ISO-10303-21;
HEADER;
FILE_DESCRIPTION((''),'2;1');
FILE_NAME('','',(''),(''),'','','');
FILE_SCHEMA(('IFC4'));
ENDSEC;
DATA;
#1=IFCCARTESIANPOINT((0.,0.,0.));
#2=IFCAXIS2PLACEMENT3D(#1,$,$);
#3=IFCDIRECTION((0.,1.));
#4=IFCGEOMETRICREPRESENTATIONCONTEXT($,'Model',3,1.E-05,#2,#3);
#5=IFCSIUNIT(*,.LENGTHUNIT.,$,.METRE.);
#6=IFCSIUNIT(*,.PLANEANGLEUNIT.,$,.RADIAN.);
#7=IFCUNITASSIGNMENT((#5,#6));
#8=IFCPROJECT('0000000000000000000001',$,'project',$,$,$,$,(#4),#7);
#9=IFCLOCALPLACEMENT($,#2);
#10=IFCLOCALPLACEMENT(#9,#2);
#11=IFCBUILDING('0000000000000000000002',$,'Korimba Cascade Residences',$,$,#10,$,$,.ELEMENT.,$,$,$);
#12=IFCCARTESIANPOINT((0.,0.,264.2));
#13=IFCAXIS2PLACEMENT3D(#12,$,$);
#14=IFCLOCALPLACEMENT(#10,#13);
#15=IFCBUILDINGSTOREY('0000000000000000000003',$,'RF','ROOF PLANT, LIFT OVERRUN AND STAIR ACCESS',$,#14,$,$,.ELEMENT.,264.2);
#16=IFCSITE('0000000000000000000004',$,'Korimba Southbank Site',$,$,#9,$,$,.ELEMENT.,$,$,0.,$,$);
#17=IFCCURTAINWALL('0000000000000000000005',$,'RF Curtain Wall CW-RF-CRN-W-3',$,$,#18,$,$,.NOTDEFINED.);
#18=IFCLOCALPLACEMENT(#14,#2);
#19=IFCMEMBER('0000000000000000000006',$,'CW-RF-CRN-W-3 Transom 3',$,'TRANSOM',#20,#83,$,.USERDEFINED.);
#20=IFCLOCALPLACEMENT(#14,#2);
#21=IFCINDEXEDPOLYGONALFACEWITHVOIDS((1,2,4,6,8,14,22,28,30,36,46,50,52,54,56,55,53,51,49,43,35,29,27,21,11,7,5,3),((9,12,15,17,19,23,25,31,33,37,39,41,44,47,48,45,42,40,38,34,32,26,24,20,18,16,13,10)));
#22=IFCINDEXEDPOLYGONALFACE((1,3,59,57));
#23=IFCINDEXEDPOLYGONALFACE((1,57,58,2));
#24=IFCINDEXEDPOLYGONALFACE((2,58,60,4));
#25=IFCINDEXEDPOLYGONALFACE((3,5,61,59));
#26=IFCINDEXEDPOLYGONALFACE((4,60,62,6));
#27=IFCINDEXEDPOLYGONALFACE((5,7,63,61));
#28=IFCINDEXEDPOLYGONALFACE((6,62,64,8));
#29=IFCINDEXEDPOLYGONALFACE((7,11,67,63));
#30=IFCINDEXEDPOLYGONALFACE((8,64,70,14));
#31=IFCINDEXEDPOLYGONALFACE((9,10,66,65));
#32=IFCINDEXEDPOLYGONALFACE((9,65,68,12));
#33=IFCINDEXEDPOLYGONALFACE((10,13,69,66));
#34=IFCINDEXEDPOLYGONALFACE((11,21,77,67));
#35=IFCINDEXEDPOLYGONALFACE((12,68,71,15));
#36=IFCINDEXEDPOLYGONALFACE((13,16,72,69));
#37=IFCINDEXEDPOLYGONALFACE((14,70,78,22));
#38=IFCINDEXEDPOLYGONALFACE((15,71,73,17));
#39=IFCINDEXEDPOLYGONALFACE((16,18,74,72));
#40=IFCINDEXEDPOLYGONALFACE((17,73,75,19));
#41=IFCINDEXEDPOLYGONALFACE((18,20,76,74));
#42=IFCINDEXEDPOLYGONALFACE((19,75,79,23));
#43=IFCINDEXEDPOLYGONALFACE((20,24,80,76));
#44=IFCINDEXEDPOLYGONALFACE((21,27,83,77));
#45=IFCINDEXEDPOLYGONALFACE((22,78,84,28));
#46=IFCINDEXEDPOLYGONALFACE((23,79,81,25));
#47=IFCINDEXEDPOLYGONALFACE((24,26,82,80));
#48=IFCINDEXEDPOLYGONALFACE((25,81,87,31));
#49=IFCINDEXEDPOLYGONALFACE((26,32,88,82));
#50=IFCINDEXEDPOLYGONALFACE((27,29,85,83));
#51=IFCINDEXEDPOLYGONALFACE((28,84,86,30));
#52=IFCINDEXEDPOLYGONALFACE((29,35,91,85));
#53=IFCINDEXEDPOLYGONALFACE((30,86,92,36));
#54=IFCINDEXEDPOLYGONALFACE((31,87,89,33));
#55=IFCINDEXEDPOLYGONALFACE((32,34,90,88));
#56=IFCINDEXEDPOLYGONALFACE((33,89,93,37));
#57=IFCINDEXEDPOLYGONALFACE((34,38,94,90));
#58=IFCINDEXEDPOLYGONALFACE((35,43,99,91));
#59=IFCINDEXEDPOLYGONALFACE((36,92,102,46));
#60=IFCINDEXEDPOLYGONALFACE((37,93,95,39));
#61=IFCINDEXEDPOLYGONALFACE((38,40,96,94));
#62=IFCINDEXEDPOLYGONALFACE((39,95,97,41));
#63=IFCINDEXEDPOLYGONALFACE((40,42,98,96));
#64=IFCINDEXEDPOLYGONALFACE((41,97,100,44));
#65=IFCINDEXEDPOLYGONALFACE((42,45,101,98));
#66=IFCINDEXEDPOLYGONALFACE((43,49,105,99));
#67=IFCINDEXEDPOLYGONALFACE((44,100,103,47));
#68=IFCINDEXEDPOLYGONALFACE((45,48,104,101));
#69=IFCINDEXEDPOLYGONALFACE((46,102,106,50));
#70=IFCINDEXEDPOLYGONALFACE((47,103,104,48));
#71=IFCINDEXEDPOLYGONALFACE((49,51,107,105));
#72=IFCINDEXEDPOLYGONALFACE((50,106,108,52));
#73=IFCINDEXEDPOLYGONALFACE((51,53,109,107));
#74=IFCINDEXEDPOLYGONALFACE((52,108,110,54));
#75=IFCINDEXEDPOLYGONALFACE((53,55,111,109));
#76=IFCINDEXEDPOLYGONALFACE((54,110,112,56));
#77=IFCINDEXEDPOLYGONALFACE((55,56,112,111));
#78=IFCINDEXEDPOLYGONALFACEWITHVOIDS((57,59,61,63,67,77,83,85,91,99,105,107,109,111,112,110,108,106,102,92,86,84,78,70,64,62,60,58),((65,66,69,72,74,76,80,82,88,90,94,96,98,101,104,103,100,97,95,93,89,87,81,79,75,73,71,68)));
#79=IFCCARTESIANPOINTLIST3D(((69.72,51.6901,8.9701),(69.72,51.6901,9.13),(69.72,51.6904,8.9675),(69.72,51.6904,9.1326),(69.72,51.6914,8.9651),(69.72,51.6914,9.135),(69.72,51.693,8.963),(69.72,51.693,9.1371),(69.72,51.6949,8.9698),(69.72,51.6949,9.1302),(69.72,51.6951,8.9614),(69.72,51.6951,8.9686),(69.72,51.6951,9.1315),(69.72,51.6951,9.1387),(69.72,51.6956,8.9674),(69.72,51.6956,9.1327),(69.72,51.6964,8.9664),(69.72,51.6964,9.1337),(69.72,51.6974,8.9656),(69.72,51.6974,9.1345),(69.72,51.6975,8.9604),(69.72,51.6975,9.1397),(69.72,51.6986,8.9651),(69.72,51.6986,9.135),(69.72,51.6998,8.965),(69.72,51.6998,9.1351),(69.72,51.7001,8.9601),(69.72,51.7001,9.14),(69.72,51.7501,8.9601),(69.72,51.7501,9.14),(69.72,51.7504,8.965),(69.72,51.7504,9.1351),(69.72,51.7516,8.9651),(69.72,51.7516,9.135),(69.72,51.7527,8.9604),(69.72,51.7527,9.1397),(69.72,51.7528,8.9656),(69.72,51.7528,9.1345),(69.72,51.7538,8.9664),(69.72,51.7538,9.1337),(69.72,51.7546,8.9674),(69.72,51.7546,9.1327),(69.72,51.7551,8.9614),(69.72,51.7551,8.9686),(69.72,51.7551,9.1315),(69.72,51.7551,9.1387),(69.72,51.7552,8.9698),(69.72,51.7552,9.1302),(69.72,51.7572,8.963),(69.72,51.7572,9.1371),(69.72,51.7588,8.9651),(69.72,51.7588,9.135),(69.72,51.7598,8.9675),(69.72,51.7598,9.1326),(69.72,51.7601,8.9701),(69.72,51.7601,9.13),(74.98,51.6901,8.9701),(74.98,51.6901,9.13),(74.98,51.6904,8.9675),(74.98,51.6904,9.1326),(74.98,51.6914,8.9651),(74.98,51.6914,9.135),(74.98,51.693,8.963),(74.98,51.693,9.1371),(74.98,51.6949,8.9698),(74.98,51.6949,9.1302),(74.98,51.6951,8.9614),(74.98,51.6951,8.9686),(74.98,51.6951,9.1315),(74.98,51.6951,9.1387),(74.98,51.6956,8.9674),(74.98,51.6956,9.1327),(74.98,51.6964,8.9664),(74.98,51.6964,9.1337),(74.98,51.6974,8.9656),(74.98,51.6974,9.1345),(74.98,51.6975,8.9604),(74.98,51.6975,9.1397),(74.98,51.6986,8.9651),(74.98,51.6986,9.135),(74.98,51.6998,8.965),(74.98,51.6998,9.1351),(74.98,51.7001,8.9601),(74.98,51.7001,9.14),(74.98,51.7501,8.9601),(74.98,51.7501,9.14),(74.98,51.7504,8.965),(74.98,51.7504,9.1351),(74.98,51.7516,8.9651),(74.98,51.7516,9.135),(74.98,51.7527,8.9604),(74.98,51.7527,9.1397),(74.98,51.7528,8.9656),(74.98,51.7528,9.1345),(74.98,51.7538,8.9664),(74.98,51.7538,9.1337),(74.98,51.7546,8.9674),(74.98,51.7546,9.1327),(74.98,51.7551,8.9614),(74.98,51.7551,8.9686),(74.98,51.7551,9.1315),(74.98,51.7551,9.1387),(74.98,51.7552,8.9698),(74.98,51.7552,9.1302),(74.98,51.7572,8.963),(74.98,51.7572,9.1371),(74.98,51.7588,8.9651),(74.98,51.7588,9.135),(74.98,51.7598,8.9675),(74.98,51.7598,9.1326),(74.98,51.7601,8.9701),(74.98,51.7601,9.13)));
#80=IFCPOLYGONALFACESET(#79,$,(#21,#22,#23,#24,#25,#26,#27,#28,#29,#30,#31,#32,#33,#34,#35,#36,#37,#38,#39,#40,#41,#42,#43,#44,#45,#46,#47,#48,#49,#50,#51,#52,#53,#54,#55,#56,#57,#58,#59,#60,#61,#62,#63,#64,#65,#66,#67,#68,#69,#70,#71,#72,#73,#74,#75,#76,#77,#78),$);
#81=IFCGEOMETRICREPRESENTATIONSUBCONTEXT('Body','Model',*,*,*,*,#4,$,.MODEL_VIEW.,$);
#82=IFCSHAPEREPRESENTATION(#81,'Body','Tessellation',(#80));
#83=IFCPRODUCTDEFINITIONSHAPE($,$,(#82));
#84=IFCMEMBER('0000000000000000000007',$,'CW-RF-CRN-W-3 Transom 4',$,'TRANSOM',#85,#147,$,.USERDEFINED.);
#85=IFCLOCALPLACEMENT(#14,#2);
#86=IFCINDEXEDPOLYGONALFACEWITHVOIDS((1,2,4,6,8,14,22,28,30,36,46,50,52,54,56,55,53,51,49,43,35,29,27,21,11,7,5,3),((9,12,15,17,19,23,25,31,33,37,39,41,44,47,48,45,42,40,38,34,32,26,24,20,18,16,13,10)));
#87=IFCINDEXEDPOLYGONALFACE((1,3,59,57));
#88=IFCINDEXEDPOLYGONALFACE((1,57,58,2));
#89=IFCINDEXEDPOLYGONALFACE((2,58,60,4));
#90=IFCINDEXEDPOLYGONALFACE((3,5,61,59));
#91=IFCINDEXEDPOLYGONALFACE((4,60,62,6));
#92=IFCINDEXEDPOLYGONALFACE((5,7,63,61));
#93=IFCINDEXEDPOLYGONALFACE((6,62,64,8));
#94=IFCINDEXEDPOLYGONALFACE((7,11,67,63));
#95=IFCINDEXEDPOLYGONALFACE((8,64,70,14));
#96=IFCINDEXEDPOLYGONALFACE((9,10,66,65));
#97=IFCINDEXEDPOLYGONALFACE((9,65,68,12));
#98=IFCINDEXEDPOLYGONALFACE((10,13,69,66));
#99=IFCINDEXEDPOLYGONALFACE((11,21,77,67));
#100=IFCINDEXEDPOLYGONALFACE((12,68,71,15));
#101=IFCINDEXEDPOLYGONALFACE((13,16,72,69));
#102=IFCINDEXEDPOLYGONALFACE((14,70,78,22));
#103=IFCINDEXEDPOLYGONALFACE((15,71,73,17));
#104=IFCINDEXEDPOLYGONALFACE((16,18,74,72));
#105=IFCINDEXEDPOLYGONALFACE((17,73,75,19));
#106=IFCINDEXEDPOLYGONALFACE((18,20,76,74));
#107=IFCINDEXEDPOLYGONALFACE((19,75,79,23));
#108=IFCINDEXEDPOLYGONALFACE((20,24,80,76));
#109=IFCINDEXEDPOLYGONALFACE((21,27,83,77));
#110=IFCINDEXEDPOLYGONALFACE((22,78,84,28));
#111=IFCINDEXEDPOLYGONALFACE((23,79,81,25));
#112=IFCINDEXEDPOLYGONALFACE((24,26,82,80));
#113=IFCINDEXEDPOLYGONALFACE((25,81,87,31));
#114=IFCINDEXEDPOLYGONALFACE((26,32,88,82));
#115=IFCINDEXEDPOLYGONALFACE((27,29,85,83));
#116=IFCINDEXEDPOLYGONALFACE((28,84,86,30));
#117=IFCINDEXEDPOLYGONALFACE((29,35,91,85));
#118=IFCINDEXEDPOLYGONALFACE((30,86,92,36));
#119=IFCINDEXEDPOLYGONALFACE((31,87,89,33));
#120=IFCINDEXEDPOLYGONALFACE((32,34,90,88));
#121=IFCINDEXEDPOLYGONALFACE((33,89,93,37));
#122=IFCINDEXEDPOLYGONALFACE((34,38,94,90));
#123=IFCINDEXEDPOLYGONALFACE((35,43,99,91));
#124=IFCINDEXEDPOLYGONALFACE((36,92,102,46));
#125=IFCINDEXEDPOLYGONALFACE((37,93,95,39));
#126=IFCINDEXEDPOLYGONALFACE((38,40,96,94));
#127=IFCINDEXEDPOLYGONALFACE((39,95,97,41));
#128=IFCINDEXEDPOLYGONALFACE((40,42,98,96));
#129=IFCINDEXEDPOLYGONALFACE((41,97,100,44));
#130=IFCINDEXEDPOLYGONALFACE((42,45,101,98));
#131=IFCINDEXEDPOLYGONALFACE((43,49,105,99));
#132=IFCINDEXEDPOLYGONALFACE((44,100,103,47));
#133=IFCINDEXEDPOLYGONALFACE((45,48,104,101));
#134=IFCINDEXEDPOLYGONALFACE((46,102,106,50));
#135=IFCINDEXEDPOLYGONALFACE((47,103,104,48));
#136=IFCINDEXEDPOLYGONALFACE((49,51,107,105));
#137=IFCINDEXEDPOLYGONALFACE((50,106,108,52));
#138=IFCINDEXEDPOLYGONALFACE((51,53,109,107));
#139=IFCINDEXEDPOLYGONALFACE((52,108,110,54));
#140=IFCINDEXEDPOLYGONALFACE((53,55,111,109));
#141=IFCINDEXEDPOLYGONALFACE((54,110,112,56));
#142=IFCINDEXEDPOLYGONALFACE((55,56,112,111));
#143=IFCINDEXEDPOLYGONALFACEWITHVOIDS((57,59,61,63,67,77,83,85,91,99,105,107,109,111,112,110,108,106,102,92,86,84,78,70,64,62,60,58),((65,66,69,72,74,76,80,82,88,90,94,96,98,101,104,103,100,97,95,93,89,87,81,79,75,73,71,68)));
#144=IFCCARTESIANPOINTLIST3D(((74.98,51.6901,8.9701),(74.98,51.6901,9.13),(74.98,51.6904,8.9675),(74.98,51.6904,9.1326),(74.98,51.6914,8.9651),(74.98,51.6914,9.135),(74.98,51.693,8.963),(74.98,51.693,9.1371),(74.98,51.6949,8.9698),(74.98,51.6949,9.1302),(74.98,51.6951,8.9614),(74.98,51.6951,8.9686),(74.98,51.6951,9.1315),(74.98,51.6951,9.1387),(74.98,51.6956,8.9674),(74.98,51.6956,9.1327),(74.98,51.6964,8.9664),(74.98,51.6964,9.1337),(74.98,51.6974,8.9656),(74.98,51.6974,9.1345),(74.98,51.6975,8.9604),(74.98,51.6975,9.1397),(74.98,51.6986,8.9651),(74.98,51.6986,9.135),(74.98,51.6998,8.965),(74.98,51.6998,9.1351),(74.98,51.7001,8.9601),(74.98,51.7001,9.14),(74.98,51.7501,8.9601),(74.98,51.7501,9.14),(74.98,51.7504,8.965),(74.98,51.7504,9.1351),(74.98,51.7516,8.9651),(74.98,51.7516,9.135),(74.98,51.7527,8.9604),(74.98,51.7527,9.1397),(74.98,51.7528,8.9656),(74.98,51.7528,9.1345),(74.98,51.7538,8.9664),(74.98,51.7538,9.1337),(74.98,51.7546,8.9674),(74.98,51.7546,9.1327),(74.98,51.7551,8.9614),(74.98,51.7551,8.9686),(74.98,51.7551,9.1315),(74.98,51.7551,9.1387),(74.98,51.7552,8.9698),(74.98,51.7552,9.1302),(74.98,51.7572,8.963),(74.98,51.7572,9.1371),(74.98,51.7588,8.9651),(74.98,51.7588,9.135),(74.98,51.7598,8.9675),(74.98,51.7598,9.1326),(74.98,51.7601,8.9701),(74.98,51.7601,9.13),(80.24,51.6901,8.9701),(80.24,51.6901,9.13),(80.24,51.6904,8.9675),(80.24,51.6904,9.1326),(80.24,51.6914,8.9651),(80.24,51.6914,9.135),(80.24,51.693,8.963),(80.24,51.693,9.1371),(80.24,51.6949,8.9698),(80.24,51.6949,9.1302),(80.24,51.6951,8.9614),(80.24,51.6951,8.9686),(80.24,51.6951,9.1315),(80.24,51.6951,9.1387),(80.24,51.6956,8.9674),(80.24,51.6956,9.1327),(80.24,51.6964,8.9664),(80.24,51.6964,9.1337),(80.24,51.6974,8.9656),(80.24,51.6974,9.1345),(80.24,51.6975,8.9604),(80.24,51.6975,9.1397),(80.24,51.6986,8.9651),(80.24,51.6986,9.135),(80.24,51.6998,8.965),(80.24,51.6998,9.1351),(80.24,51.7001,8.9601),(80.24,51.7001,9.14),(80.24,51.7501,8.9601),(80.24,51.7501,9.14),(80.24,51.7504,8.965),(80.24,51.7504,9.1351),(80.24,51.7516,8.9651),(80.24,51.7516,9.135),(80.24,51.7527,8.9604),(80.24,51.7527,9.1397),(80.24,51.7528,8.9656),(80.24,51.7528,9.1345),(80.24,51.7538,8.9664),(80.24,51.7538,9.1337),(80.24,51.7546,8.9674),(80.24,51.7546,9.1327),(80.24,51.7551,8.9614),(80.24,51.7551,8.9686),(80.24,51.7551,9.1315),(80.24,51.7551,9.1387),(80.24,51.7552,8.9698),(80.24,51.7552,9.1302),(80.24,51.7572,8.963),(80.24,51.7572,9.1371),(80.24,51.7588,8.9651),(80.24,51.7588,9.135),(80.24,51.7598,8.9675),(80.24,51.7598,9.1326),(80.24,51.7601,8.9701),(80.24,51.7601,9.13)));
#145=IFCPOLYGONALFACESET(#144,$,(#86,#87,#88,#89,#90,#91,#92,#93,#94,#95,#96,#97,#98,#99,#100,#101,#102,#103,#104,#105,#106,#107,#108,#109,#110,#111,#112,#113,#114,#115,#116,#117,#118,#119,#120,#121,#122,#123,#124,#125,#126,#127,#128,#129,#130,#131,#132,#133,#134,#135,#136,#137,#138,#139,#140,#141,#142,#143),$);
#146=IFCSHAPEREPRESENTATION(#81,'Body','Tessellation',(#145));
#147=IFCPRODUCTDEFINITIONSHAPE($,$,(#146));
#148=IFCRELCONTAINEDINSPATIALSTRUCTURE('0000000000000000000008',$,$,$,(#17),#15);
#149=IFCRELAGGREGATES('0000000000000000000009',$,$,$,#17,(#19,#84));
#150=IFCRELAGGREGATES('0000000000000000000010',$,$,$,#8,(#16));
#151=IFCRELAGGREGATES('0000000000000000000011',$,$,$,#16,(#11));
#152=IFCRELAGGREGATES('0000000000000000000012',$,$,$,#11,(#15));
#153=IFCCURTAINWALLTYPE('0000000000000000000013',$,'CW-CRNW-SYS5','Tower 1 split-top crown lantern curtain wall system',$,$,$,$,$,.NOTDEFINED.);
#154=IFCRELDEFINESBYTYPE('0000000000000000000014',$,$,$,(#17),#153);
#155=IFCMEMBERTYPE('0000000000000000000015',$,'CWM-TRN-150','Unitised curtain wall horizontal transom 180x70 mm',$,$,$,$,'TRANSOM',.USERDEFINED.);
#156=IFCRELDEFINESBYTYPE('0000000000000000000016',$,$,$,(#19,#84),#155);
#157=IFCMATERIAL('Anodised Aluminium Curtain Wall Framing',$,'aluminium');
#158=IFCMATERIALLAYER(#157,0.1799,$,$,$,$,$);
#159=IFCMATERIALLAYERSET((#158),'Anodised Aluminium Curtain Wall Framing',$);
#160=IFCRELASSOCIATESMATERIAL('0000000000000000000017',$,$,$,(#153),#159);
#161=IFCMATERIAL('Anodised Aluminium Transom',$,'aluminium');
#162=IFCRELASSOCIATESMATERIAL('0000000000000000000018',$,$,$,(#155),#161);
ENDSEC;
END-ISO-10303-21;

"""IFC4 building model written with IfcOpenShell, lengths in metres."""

from ifc_helpers import new_model, si_unit, direction, frame, origin, origin_2d, place, context, subcontext, project, spatial, hollow_rectangle, extrude, material, layer, layer_set, material_profile, profile_set, type_object, element, aggregate, save


model = new_model("IFC4")

# Units and contexts
model_context = context("Model", 3, precision=1e-05, world=origin(), true_north=direction((0.0, 1.0)))
body_context = subcontext(model_context, "Body", "Model", "MODEL_VIEW")
ifc_project = project(units=[si_unit("LENGTHUNIT", "METRE"), si_unit("PLANEANGLEUNIT", "RADIAN")], contexts=[model_context])

# Site, building, storey
site_placement = place(None, origin())
site = spatial("IfcSite", under=ifc_project, at=site_placement, Name="Korimba Southbank Site", CompositionType="ELEMENT", RefElevation=0.0)
building_placement = place(site_placement, origin())
building = spatial("IfcBuilding", under=site, at=building_placement, Name="Korimba Cascade Residences", CompositionType="ELEMENT")
storey_placement = place(building_placement, frame((0.0, 0.0, 264.2)))
storey = spatial("IfcBuildingStorey", under=building, at=storey_placement, Name="RF", Description="ROOF PLANT, LIFT OVERRUN AND STAIR ACCESS", CompositionType="ELEMENT", Elevation=264.2)

# Curtain wall, members
ifc_material_1 = material(Name="Anodised Aluminium Curtain Wall Framing", Category="aluminium")
ifc_layer_1 = layer(ifc_material_1, 0.1799)
ifc_layer_set_1 = layer_set([ifc_layer_1], Name="Anodised Aluminium Curtain Wall Framing")
curtain_wall_type = type_object("IfcCurtainWallType", Name="CW-CRNW-SYS5", Description="Tower 1 split-top crown lantern curtain wall system", PredefinedType="NOTDEFINED", material=ifc_layer_set_1)
curtain_wall_placement = place(storey_placement, origin())
curtain_wall = element("IfcCurtainWall", 1, at=curtain_wall_placement, inside=storey, type_object=curtain_wall_type, Name="RF Curtain Wall CW-RF-CRN-W-3", PredefinedType="NOTDEFINED")
ifc_material_2 = material(Name="Anodised Aluminium Transom", Category="aluminium")
ifc_material_profile_1 = material_profile(ifc_material_2, hollow_rectangle(XDim=0.0701, YDim=0.1799, WallThickness=0.0049, InnerFilletRadius=0.0049, OuterFilletRadius=0.01, at=origin_2d()), Name="Anodised Aluminium Transom")
ifc_profile_set_1 = profile_set([ifc_material_profile_1], Name="Anodised Aluminium Transom")
member_type_1 = type_object("IfcMemberType", Name="CWM-TRN-150", Description="Unitised curtain wall horizontal transom 180x70 mm", ElementType="TRANSOM", PredefinedType="USERDEFINED", material=ifc_profile_set_1)
member_1_placement = place(storey_placement, frame((69.72, 51.7251, 9.05), z_axis=(1.0, 0.0, 0.0), x_axis=(0.0, 1.0, 0.0)))
member_1 = element("IfcMember", 2, at=member_1_placement, type_object=member_type_1, Name="CW-RF-CRN-W-3 Transom 3", ObjectType="TRANSOM", PredefinedType="USERDEFINED", context=body_context, shape_type="SweptSolid", body=[
    extrude(hollow_rectangle(XDim=0.0701, YDim=0.1799, WallThickness=0.0049, InnerFilletRadius=0.0049, OuterFilletRadius=0.01, at=origin_2d()), origin(), (0.0, 0.0, 1.0), 5.26),
])
member_2_placement = place(storey_placement, frame((74.98, 51.7251, 9.05), z_axis=(1.0, 0.0, 0.0), x_axis=(0.0, 1.0, 0.0)))
member_2 = element("IfcMember", 3, at=member_2_placement, type_object=member_type_1, Name="CW-RF-CRN-W-3 Transom 4", ObjectType="TRANSOM", PredefinedType="USERDEFINED", context=body_context, shape_type="SweptSolid", body=[
    extrude(hollow_rectangle(XDim=0.0701, YDim=0.1799, WallThickness=0.0049, InnerFilletRadius=0.0049, OuterFilletRadius=0.01, at=origin_2d()), origin(), (0.0, 0.0, 1.0), 5.26),
])

aggregate(curtain_wall, [member_1, member_2])

save(model, "model.ifc")
